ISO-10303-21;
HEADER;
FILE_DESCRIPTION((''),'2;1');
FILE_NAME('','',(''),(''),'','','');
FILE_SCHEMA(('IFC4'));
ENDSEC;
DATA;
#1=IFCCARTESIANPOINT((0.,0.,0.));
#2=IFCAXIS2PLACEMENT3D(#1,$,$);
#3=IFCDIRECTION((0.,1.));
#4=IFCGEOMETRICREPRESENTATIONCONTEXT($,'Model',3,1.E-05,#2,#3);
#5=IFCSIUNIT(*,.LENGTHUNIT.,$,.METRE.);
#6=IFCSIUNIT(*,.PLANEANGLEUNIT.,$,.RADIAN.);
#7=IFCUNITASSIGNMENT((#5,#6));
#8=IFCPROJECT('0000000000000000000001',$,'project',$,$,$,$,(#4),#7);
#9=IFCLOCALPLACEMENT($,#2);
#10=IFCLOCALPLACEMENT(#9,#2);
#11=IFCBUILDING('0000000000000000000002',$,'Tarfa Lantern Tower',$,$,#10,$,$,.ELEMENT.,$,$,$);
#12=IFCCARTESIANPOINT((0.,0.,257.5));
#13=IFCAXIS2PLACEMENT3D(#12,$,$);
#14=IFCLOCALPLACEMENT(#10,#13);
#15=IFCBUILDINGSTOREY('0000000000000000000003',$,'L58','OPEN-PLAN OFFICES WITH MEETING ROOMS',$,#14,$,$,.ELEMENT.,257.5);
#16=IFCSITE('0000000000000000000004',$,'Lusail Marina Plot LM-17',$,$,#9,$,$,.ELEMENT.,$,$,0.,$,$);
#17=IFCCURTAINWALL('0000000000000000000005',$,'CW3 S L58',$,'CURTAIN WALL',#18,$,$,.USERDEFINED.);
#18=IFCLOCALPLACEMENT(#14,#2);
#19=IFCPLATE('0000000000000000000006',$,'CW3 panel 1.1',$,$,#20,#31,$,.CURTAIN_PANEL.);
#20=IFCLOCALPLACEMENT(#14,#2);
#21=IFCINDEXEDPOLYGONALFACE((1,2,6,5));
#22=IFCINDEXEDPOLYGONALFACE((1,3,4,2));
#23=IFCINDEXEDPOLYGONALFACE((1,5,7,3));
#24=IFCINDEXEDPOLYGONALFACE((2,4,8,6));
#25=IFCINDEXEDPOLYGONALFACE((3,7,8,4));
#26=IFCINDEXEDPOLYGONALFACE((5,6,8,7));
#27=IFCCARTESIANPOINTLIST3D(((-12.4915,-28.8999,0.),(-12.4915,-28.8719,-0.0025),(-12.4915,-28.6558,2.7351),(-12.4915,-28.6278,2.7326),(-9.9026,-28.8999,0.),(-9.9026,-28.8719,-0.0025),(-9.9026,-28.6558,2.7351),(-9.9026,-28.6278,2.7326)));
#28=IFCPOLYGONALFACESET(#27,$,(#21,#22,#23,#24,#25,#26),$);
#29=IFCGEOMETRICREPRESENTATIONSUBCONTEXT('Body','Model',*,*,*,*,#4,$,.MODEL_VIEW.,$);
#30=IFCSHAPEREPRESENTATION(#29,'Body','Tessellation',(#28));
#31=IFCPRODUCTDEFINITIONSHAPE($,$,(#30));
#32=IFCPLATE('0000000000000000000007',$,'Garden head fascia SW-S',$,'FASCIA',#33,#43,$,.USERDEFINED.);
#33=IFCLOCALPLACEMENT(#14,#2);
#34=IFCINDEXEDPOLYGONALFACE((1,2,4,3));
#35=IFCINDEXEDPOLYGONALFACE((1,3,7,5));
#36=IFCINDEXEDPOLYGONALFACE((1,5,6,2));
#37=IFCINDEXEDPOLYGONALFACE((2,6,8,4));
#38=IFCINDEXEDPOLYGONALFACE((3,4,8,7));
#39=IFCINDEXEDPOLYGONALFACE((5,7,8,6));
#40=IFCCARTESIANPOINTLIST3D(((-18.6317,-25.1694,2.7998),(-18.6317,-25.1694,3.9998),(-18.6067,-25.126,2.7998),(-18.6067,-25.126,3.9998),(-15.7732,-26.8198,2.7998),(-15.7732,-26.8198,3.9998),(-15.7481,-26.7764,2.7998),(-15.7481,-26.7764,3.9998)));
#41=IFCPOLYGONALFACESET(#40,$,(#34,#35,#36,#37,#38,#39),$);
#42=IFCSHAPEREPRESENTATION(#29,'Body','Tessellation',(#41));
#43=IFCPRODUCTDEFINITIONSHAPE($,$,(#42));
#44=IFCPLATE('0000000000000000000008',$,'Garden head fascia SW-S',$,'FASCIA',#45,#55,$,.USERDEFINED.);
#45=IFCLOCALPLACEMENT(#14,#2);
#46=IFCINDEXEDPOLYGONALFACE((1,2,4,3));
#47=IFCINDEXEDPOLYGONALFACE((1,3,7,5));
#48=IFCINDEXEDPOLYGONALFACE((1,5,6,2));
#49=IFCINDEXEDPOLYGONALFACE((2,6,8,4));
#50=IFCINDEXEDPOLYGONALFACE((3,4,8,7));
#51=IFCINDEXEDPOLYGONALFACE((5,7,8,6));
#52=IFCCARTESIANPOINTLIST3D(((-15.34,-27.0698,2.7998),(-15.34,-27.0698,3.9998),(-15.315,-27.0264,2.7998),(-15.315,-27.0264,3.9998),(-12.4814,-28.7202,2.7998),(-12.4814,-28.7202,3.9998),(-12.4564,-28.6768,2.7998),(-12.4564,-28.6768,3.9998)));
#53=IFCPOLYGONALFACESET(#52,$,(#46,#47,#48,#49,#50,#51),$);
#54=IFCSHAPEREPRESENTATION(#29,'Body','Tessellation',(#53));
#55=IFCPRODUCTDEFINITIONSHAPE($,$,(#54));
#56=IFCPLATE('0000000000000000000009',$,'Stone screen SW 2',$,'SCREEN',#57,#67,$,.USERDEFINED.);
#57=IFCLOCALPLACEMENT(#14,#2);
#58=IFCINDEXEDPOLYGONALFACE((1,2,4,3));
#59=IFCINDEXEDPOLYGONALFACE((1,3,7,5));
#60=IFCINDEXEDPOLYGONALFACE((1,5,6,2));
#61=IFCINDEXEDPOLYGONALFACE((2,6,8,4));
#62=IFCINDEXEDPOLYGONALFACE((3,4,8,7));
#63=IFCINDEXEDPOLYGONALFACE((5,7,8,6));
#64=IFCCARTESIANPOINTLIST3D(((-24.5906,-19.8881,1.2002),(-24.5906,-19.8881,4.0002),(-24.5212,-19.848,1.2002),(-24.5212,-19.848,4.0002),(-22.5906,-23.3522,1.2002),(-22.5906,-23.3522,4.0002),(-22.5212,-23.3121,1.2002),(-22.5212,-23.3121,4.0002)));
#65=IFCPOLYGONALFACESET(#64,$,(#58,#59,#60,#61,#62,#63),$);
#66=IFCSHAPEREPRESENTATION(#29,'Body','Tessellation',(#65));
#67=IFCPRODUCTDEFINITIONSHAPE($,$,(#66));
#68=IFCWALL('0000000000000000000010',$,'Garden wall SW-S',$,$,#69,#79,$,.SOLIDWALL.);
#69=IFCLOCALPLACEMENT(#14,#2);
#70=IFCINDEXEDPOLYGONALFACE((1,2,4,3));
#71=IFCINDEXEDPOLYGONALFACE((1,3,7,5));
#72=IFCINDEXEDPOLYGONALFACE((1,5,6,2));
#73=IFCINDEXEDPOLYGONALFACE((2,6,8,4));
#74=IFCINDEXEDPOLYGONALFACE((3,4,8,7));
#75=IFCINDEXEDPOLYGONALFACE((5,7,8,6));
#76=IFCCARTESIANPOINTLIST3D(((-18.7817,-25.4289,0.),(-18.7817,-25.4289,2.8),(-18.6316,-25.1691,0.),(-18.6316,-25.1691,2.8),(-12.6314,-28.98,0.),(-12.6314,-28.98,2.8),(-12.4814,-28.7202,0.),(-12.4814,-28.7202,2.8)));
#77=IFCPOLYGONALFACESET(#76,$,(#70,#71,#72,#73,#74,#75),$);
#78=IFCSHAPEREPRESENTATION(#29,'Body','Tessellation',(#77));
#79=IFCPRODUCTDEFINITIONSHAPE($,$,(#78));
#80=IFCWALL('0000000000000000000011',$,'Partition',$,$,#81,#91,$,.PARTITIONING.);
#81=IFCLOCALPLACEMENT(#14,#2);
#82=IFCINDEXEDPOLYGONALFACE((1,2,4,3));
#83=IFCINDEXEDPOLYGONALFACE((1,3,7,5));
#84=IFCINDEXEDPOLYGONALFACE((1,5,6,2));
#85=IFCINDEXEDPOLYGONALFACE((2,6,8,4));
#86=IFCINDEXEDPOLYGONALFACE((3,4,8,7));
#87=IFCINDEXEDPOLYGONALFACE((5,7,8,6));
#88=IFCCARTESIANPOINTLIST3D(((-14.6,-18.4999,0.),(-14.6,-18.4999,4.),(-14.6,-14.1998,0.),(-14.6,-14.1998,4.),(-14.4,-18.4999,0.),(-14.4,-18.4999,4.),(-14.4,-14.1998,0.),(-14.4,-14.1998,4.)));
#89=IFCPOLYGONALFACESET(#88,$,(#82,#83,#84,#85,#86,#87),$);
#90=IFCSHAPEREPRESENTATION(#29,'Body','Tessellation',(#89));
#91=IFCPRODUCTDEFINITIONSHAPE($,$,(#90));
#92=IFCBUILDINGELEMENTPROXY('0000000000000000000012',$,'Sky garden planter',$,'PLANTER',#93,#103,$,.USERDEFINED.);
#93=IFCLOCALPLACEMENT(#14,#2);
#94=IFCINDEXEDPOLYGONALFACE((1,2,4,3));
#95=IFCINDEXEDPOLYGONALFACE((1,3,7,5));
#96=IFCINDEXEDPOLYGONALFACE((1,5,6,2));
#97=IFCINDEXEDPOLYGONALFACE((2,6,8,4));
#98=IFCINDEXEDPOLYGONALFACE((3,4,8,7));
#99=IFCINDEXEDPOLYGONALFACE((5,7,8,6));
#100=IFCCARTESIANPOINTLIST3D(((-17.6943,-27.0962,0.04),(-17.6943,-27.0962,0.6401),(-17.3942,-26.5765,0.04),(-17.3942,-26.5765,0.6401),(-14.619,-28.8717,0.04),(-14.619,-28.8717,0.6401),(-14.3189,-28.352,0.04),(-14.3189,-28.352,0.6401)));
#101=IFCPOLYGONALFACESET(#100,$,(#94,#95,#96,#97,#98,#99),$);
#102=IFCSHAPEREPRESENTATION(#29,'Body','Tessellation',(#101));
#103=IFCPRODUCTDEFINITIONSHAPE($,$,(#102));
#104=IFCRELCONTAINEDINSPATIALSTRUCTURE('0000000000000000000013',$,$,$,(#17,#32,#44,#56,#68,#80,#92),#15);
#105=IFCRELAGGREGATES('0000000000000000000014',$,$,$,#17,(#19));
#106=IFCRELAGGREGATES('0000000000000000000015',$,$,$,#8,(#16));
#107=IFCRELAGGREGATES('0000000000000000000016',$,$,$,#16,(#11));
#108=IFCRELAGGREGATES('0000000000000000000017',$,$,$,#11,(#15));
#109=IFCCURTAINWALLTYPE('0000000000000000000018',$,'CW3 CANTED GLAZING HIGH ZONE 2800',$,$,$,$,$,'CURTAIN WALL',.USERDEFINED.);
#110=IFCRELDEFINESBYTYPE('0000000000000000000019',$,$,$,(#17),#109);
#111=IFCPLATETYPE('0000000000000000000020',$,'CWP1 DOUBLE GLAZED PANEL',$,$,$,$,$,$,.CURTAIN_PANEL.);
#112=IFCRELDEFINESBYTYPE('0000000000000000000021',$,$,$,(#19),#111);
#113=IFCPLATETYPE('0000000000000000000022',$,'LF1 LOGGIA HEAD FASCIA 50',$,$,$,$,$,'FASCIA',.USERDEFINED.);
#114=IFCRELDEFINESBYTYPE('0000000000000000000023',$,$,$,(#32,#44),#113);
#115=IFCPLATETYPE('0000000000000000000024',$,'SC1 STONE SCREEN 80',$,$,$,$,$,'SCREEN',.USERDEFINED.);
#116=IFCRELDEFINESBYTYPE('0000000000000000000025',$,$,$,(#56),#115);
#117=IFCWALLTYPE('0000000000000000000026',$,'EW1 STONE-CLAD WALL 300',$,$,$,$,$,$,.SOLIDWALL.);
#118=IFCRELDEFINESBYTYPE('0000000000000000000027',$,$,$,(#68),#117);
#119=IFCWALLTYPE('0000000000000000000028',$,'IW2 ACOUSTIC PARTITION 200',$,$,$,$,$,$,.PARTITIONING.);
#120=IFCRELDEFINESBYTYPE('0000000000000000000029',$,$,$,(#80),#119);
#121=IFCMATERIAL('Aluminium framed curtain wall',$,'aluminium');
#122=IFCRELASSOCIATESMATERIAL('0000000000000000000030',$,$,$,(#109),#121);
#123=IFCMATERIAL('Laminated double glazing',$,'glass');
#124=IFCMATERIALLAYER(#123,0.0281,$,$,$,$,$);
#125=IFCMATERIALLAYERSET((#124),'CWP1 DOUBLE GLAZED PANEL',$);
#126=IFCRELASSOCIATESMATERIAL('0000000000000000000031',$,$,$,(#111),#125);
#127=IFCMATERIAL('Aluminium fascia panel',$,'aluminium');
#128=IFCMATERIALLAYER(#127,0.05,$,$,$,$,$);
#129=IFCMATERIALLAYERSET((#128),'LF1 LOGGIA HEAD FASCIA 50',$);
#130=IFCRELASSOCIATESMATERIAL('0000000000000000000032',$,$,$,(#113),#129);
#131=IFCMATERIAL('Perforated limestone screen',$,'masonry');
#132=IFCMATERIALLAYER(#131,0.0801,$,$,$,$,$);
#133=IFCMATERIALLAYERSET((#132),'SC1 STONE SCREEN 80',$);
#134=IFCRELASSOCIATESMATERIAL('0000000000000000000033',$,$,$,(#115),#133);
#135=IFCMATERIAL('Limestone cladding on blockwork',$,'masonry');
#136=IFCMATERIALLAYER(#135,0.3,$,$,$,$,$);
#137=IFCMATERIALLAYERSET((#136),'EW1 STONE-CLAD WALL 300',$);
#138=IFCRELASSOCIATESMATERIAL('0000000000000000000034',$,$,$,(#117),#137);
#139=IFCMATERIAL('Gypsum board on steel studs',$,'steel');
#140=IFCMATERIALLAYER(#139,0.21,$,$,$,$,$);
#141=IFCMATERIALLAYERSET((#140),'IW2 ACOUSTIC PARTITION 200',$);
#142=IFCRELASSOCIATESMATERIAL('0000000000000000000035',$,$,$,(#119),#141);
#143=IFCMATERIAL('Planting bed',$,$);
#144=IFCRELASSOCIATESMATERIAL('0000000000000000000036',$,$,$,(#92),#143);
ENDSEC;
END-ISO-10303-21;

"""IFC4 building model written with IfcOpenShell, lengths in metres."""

from ifc_helpers import new_model, si_unit, direction, frame, frame_2d, origin, origin_2d, place, context, subcontext, project, spatial, polyline, rectangle, outline, extrude, material, layer, layer_set, type_object, element, aggregate, save


model = new_model("IFC4")

# Units and contexts
model_context = context("Model", 3, precision=1e-05, world=origin(), true_north=direction((0.0, 1.0)))
body_context = subcontext(model_context, "Body", "Model", "MODEL_VIEW")
ifc_project = project(units=[si_unit("LENGTHUNIT", "METRE"), si_unit("PLANEANGLEUNIT", "RADIAN")], contexts=[model_context])

# Site, building, storey
site_placement = place(None, origin())
site = spatial("IfcSite", under=ifc_project, at=site_placement, Name="Lusail Marina Plot LM-17", CompositionType="ELEMENT", RefElevation=0.0)
building_placement = place(site_placement, origin())
building = spatial("IfcBuilding", under=site, at=building_placement, Name="Tarfa Lantern Tower", CompositionType="ELEMENT")
storey_placement = place(building_placement, frame((0.0, 0.0, 257.5)))
storey = spatial("IfcBuildingStorey", under=building, at=storey_placement, Name="L58", Description="OPEN-PLAN OFFICES WITH MEETING ROOMS", CompositionType="ELEMENT", Elevation=257.5)

# Curtain wall
ifc_material_1 = material(Name="Aluminium framed curtain wall", Category="aluminium")
curtain_wall_type = type_object("IfcCurtainWallType", Name="CW3 CANTED GLAZING HIGH ZONE 2800", ElementType="CURTAIN WALL", PredefinedType="USERDEFINED", material=ifc_material_1)
curtain_wall_placement = place(storey_placement, origin())
curtain_wall = element("IfcCurtainWall", 1, at=curtain_wall_placement, inside=storey, type_object=curtain_wall_type, Name="CW3 S L58", ObjectType="CURTAIN WALL", PredefinedType="USERDEFINED")

# Plate
ifc_material_2 = material(Name="Laminated double glazing", Category="glass")
ifc_layer_1 = layer(ifc_material_2, 0.0281)
ifc_layer_set_1 = layer_set([ifc_layer_1], Name="CWP1 DOUBLE GLAZED PANEL")
plate_type_1 = type_object("IfcPlateType", Name="CWP1 DOUBLE GLAZED PANEL", PredefinedType="CURTAIN_PANEL", material=ifc_layer_set_1)
plate_1_placement = place(storey_placement, frame((-12.4915, -28.8999, 0.0), z_axis=(0.0, -0.99604, 0.088908), x_axis=(1.0, 0.0, 0.0)))
plate_1 = element("IfcPlate", 2, at=plate_1_placement, type_object=plate_type_1, Name="CW3 panel 1.1", PredefinedType="CURTAIN_PANEL", context=body_context, shape_type="SweptSolid", body=[
    extrude(outline(polyline([(0.0, 0.0), (2.5889, 0.0), (2.5889, 2.746), (0.0, 2.746), (0.0, 0.0)])), origin(), (0.0, 0.0, -1.0), 0.0281),
])
aggregate(curtain_wall, [plate_1])

# Plates
ifc_material_3 = material(Name="Aluminium fascia panel", Category="aluminium")
ifc_layer_2 = layer(ifc_material_3, 0.05)
ifc_layer_set_2 = layer_set([ifc_layer_2], Name="LF1 LOGGIA HEAD FASCIA 50")
plate_type_2 = type_object("IfcPlateType", Name="LF1 LOGGIA HEAD FASCIA 50", ElementType="FASCIA", PredefinedType="USERDEFINED", material=ifc_layer_set_2)
for number, where, z_axis, x_axis, name in (
    (3, (-17.1899, -25.9729, 2.7998), (0.0, 0.0, 1.0), (0.866025, -0.5, 0.0), "Garden head fascia SW-S"),
    (4, (-13.8982, -27.8733, 2.7998), (0.0, 0.0, 1.0), (0.866025, -0.5, 0.0), "Garden head fascia SW-S"),
):
    element("IfcPlate", number, at=place(storey_placement, frame(where, z_axis=z_axis, x_axis=x_axis)), inside=storey, type_object=plate_type_2, Name=name, ObjectType="FASCIA", PredefinedType="USERDEFINED", context=body_context, shape_type="SweptSolid", body=[
        extrude(rectangle(XDim=3.3008, YDim=0.05, at=origin_2d()), origin(), (0.0, 0.0, 1.0), 1.2),
    ])
ifc_material_4 = material(Name="Perforated limestone screen", Category="masonry")
ifc_layer_3 = layer(ifc_material_4, 0.0801)
ifc_layer_set_3 = layer_set([ifc_layer_3], Name="SC1 STONE SCREEN 80")
plate_type_3 = type_object("IfcPlateType", Name="SC1 STONE SCREEN 80", ElementType="SCREEN", PredefinedType="USERDEFINED", material=ifc_layer_set_3)
plate_2_placement = place(storey_placement, frame((-23.5559, -21.6001, 1.2002), z_axis=(0.0, 0.0, 1.0), x_axis=(0.5, -0.866025, 0.0)))
element("IfcPlate", 5, at=plate_2_placement, inside=storey, type_object=plate_type_3, Name="Stone screen SW 2", ObjectType="SCREEN", PredefinedType="USERDEFINED", context=body_context, shape_type="SweptSolid", body=[
    extrude(rectangle(XDim=4.0, YDim=0.0801, at=origin_2d()), origin(), (0.0, 0.0, 1.0), 2.8),
])

# Walls
ifc_material_5 = material(Name="Limestone cladding on blockwork", Category="masonry")
ifc_layer_4 = layer(ifc_material_5, 0.3)
ifc_layer_set_4 = layer_set([ifc_layer_4], Name="EW1 STONE-CLAD WALL 300")
wall_type_1 = type_object("IfcWallType", Name="EW1 STONE-CLAD WALL 300", PredefinedType="SOLIDWALL", material=ifc_layer_set_4)
wall_1_placement = place(storey_placement, frame((-18.7065, -25.2991, 0.0), z_axis=(0.0, 0.0, 1.0), x_axis=(0.866011, -0.500025, 0.0)))
element("IfcWall", 6, at=wall_1_placement, inside=storey, type_object=wall_type_1, Name="Garden wall SW-S", PredefinedType="SOLIDWALL", context=body_context, shape_type="SweptSolid", body=[
    extrude(rectangle(XDim=7.1018, YDim=0.3, at=frame_2d((3.5508, 0.0))), origin(), (0.0, 0.0, 1.0), 2.8),
])
ifc_material_6 = material(Name="Gypsum board on steel studs", Category="steel")
ifc_layer_5 = layer(ifc_material_6, 0.21)
ifc_layer_set_5 = layer_set([ifc_layer_5], Name="IW2 ACOUSTIC PARTITION 200")
wall_type_2 = type_object("IfcWallType", Name="IW2 ACOUSTIC PARTITION 200", PredefinedType="PARTITIONING", material=ifc_layer_set_5)
wall_2_placement = place(storey_placement, frame((-14.5, -14.2, 0.0), z_axis=(0.0, 0.0, 1.0), x_axis=(0.0, -1.0, 0.0)))
element("IfcWall", 7, at=wall_2_placement, inside=storey, type_object=wall_type_2, Name="Partition", PredefinedType="PARTITIONING", context=body_context, shape_type="SweptSolid", body=[
    extrude(rectangle(XDim=4.3, YDim=0.2, at=frame_2d((2.1499, 0.0))), origin(), (0.0, 0.0, 1.0), 4.0),
])

# Building element proxy
ifc_material_7 = material(Name="Planting bed")
proxy_placement = place(storey_placement, frame((-16.0066, -27.7241, 0.04), z_axis=(0.0, 0.0, 1.0), x_axis=(0.866025, -0.5, 0.0)))
element("IfcBuildingElementProxy", 8, at=proxy_placement, inside=storey, material=ifc_material_7, Name="Sky garden planter", ObjectType="PLANTER", PredefinedType="USERDEFINED", context=body_context, shape_type="SweptSolid", body=[
    extrude(rectangle(XDim=3.551, YDim=0.6001, at=origin_2d()), origin(), (0.0, 0.0, 1.0), 0.6001),
])

save(model, "model.ifc")
